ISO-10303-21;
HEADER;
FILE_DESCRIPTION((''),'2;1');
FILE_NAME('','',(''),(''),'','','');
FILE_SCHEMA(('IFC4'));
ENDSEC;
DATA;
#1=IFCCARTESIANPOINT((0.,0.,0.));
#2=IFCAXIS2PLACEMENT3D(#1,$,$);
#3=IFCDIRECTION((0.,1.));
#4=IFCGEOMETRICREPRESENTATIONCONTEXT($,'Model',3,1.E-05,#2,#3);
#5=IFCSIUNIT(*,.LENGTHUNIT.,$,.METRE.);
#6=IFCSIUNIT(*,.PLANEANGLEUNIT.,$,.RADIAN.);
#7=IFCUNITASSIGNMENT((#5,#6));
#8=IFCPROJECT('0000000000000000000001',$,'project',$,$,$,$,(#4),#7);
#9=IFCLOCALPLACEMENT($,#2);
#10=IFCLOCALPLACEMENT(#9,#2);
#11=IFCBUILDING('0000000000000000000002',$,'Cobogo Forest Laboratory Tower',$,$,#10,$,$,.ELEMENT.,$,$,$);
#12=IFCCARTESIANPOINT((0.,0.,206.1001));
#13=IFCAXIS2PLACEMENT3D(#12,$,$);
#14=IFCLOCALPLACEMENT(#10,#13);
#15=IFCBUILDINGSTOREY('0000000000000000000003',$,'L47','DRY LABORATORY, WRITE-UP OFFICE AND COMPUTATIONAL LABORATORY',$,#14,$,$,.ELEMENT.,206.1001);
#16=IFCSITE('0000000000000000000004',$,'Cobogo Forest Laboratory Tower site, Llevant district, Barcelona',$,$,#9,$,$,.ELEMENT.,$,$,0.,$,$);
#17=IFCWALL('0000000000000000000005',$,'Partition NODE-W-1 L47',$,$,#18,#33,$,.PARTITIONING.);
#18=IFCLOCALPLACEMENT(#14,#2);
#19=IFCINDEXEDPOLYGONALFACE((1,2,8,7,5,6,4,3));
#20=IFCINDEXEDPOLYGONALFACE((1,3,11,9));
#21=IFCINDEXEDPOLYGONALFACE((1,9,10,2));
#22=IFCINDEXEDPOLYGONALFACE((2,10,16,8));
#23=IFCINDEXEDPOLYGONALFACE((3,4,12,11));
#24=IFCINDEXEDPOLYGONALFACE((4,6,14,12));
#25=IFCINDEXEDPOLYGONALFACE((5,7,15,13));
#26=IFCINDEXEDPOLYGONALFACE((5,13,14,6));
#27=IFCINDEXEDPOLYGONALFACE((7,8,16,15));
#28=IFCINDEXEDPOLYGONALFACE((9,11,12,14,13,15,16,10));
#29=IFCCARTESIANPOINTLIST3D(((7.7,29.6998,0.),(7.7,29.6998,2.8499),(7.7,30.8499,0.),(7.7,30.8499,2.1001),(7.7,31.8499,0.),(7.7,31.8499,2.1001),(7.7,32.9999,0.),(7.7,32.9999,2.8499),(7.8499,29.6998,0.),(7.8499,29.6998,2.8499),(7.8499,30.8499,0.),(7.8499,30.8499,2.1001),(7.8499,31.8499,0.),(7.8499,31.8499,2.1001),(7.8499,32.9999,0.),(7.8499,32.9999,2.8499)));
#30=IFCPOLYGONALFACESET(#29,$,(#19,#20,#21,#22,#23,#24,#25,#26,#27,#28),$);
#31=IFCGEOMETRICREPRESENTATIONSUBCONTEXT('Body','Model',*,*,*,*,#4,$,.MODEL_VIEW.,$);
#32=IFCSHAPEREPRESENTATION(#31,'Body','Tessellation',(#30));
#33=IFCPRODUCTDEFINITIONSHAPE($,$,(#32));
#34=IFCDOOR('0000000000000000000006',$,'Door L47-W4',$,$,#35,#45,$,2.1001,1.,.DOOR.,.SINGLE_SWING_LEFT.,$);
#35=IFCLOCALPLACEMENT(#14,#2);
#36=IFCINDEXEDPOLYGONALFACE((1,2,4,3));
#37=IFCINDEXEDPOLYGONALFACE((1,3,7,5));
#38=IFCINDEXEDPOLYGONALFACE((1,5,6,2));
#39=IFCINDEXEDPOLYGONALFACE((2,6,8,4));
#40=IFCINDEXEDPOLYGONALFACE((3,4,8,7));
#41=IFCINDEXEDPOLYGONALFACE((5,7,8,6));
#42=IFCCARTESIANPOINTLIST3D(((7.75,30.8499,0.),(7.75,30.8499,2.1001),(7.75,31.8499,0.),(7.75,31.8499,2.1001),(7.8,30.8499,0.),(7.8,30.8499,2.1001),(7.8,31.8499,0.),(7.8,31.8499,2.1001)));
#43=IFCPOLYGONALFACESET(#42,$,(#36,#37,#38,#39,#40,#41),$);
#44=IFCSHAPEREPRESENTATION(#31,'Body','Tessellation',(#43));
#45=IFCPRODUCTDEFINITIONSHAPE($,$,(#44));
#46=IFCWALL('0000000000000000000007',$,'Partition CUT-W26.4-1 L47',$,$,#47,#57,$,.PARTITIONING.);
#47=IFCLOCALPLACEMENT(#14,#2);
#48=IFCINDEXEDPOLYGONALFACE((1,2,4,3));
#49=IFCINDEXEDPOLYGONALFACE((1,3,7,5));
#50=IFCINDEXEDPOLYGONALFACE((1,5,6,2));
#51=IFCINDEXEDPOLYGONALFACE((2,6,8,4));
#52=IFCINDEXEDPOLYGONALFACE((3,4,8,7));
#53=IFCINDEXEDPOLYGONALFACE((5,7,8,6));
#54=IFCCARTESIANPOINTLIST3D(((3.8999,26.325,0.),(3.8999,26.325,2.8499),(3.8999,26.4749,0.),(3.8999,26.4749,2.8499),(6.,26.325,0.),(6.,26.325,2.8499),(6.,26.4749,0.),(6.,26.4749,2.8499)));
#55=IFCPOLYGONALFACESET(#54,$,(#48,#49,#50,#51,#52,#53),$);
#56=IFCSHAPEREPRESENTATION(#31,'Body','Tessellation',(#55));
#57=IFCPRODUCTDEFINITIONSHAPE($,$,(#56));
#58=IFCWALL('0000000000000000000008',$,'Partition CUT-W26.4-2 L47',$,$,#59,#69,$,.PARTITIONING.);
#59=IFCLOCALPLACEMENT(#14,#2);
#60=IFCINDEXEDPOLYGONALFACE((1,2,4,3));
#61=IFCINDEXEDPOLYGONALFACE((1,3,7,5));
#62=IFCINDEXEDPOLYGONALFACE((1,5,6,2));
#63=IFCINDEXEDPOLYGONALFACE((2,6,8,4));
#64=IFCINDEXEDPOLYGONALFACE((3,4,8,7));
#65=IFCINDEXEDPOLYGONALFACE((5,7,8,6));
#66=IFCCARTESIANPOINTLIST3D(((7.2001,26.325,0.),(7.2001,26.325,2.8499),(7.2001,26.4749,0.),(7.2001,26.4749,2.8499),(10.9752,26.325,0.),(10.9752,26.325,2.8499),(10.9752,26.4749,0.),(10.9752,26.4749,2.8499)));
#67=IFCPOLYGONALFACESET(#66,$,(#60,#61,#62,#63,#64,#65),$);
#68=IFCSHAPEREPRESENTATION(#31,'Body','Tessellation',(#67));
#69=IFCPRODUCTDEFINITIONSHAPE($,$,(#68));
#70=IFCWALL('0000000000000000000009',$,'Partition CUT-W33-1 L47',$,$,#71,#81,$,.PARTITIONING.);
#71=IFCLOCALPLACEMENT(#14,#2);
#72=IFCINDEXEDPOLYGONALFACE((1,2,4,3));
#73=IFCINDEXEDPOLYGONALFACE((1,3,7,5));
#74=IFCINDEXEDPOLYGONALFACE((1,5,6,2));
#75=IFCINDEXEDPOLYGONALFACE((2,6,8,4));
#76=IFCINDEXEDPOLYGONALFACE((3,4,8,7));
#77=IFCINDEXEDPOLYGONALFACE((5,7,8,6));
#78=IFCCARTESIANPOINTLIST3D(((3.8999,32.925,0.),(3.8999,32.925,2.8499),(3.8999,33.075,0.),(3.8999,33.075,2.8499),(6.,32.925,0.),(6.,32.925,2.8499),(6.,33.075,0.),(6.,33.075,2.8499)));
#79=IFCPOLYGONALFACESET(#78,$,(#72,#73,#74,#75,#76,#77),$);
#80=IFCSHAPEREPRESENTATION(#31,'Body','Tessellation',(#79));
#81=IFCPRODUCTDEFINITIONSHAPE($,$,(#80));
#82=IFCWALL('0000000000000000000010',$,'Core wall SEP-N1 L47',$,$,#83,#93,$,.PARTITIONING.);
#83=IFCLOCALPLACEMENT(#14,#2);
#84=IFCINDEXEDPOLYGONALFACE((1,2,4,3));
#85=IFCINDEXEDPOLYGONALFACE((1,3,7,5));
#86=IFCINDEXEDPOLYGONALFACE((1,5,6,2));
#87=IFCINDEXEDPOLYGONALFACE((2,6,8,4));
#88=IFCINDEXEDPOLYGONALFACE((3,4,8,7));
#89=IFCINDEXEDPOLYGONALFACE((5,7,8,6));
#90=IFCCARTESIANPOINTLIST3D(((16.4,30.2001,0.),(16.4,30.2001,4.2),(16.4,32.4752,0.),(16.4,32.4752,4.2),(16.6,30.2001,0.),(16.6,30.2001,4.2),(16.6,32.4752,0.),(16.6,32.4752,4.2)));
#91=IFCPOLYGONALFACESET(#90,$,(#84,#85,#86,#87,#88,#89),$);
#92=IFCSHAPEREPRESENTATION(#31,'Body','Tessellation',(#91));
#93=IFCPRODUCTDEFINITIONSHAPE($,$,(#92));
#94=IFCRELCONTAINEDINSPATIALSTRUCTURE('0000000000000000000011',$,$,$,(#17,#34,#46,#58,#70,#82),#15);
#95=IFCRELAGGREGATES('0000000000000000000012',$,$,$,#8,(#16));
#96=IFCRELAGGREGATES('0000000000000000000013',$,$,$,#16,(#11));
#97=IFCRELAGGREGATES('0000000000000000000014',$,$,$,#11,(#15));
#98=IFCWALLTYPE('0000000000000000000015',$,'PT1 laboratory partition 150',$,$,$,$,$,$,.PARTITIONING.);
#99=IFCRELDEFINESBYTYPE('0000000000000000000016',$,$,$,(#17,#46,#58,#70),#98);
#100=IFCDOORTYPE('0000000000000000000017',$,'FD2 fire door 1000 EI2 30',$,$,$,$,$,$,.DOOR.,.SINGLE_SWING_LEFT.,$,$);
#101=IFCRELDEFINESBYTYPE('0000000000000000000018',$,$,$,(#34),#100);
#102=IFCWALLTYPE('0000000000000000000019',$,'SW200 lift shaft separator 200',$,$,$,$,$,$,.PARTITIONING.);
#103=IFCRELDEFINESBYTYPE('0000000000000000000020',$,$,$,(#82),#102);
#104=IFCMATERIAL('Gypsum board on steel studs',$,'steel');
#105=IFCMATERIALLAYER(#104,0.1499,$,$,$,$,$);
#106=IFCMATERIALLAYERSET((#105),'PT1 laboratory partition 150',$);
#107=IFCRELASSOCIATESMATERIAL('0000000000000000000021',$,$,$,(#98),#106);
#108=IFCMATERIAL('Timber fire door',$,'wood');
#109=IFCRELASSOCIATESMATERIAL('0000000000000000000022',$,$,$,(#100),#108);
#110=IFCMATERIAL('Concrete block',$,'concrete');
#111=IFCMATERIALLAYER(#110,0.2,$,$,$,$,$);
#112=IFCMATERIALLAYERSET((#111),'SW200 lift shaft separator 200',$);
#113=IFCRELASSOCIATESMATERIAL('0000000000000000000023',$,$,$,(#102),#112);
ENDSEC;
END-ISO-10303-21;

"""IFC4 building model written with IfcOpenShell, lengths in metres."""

from ifc_helpers import new_model, si_unit, direction, frame, frame_2d, origin, place, context, subcontext, project, spatial, rectangle, extrude, material, layer, layer_set, type_object, element, fill, save


model = new_model("IFC4")

# Units and contexts
model_context = context("Model", 3, precision=1e-05, world=origin(), true_north=direction((0.0, 1.0)))
body_context = subcontext(model_context, "Body", "Model", "MODEL_VIEW")
ifc_project = project(units=[si_unit("LENGTHUNIT", "METRE"), si_unit("PLANEANGLEUNIT", "RADIAN")], contexts=[model_context])

# Site, building, storey
site_placement = place(None, origin())
site = spatial("IfcSite", under=ifc_project, at=site_placement, Name="Cobogo Forest Laboratory Tower site, Llevant district, Barcelona", CompositionType="ELEMENT", RefElevation=0.0)
building_placement = place(site_placement, origin())
building = spatial("IfcBuilding", under=site, at=building_placement, Name="Cobogo Forest Laboratory Tower", CompositionType="ELEMENT")
storey_placement = place(building_placement, frame((0.0, 0.0, 206.1001)))
storey = spatial("IfcBuildingStorey", under=building, at=storey_placement, Name="L47", Description="DRY LABORATORY, WRITE-UP OFFICE AND COMPUTATIONAL LABORATORY", CompositionType="ELEMENT", Elevation=206.1001)

# Wall, opening, door
ifc_material_1 = material(Name="Gypsum board on steel studs", Category="steel")
ifc_layer_1 = layer(ifc_material_1, 0.1499)
ifc_layer_set_1 = layer_set([ifc_layer_1], Name="PT1 laboratory partition 150")
wall_type_1 = type_object("IfcWallType", Name="PT1 laboratory partition 150", PredefinedType="PARTITIONING", material=ifc_layer_set_1)
wall_1_placement = place(storey_placement, frame((7.7749, 29.7, 0.0), z_axis=(0.0, 0.0, 1.0), x_axis=(0.0, 1.0, 0.0)))
wall_1 = element("IfcWall", 1, at=wall_1_placement, inside=storey, type_object=wall_type_1, Name="Partition NODE-W-1 L47", PredefinedType="PARTITIONING", context=body_context, shape_type="SweptSolid", body=[
    extrude(rectangle(XDim=3.3, YDim=0.1499, at=frame_2d((1.6499, 0.0))), origin(), (0.0, 0.0, 1.0), 2.8499),
])
opening_1_placement = place(wall_1_placement, frame((1.1499, 0.0, 0.0)))
opening_1 = element("IfcOpeningElement", 2, at=opening_1_placement, cuts=wall_1, PredefinedType="OPENING", context=body_context, shape_type="SweptSolid", body=[
    extrude(rectangle(XDim=1.0, YDim=2.1001, at=frame_2d((0.5, 1.05))), frame((0.0, 0.085, 0.0), z_axis=(0.0, -1.0, 0.0), x_axis=(1.0, 0.0, 0.0)), (0.0, 0.0, 1.0), 0.1699),
])
ifc_material_2 = material(Name="Timber fire door", Category="wood")
door_type_1 = type_object("IfcDoorType", Name="FD2 fire door 1000 EI2 30", OperationType="SINGLE_SWING_LEFT", PredefinedType="DOOR", material=ifc_material_2)
door_1_placement = place(opening_1_placement, origin())
door_1 = element("IfcDoor", 3, at=door_1_placement, inside=storey, type_object=door_type_1, Name="Door L47-W4", OperationType="SINGLE_SWING_LEFT", OverallHeight=2.1001, OverallWidth=1.0, PredefinedType="DOOR", context=body_context, shape_type="SweptSolid", body=[
    extrude(rectangle(XDim=1.0, YDim=2.1001, at=frame_2d((0.5, 1.05))), frame((0.0, 0.0249, 0.0), z_axis=(0.0, -1.0, 0.0), x_axis=(1.0, 0.0, 0.0)), (0.0, 0.0, 1.0), 0.05),
])
fill(opening_1, door_1)

# Walls
wall_2_placement = place(storey_placement, frame((3.8999, 26.3999, 0.0), z_axis=(0.0, 0.0, 1.0), x_axis=(1.0, 0.0, 0.0)))
element("IfcWall", 4, at=wall_2_placement, inside=storey, type_object=wall_type_1, Name="Partition CUT-W26.4-1 L47", PredefinedType="PARTITIONING", context=body_context, shape_type="SweptSolid", body=[
    extrude(rectangle(XDim=2.1001, YDim=0.1499, at=frame_2d((1.05, 0.0))), origin(), (0.0, 0.0, 1.0), 2.8499),
])
wall_3_placement = place(storey_placement, frame((7.2, 26.3999, 0.0), z_axis=(0.0, 0.0, 1.0), x_axis=(1.0, 0.0, 0.0)))
element("IfcWall", 5, at=wall_3_placement, inside=storey, type_object=wall_type_1, Name="Partition CUT-W26.4-2 L47", PredefinedType="PARTITIONING", context=body_context, shape_type="SweptSolid", body=[
    extrude(rectangle(XDim=3.7751, YDim=0.1499, at=frame_2d((1.8877, 0.0))), origin(), (0.0, 0.0, 1.0), 2.8499),
])
wall_4_placement = place(storey_placement, frame((3.8999, 33.0, 0.0), z_axis=(0.0, 0.0, 1.0), x_axis=(1.0, 0.0, 0.0)))
element("IfcWall", 6, at=wall_4_placement, inside=storey, type_object=wall_type_1, Name="Partition CUT-W33-1 L47", PredefinedType="PARTITIONING", context=body_context, shape_type="SweptSolid", body=[
    extrude(rectangle(XDim=2.1001, YDim=0.1499, at=frame_2d((1.05, 0.0))), origin(), (0.0, 0.0, 1.0), 2.8499),
])
ifc_material_3 = material(Name="Concrete block", Category="concrete")
ifc_layer_2 = layer(ifc_material_3, 0.2)
ifc_layer_set_2 = layer_set([ifc_layer_2], Name="SW200 lift shaft separator 200")
wall_type_2 = type_object("IfcWallType", Name="SW200 lift shaft separator 200", PredefinedType="PARTITIONING", material=ifc_layer_set_2)
wall_5_placement = place(storey_placement, frame((16.5, 30.2, 0.0), z_axis=(0.0, 0.0, 1.0), x_axis=(0.0, 1.0, 0.0)))
element("IfcWall", 7, at=wall_5_placement, inside=storey, type_object=wall_type_2, Name="Core wall SEP-N1 L47", PredefinedType="PARTITIONING", context=body_context, shape_type="SweptSolid", body=[
    extrude(rectangle(XDim=2.2751, YDim=0.2, at=frame_2d((1.1377, 0.0))), origin(), (0.0, 0.0, 1.0), 4.2),
])

save(model, "model.ifc")
